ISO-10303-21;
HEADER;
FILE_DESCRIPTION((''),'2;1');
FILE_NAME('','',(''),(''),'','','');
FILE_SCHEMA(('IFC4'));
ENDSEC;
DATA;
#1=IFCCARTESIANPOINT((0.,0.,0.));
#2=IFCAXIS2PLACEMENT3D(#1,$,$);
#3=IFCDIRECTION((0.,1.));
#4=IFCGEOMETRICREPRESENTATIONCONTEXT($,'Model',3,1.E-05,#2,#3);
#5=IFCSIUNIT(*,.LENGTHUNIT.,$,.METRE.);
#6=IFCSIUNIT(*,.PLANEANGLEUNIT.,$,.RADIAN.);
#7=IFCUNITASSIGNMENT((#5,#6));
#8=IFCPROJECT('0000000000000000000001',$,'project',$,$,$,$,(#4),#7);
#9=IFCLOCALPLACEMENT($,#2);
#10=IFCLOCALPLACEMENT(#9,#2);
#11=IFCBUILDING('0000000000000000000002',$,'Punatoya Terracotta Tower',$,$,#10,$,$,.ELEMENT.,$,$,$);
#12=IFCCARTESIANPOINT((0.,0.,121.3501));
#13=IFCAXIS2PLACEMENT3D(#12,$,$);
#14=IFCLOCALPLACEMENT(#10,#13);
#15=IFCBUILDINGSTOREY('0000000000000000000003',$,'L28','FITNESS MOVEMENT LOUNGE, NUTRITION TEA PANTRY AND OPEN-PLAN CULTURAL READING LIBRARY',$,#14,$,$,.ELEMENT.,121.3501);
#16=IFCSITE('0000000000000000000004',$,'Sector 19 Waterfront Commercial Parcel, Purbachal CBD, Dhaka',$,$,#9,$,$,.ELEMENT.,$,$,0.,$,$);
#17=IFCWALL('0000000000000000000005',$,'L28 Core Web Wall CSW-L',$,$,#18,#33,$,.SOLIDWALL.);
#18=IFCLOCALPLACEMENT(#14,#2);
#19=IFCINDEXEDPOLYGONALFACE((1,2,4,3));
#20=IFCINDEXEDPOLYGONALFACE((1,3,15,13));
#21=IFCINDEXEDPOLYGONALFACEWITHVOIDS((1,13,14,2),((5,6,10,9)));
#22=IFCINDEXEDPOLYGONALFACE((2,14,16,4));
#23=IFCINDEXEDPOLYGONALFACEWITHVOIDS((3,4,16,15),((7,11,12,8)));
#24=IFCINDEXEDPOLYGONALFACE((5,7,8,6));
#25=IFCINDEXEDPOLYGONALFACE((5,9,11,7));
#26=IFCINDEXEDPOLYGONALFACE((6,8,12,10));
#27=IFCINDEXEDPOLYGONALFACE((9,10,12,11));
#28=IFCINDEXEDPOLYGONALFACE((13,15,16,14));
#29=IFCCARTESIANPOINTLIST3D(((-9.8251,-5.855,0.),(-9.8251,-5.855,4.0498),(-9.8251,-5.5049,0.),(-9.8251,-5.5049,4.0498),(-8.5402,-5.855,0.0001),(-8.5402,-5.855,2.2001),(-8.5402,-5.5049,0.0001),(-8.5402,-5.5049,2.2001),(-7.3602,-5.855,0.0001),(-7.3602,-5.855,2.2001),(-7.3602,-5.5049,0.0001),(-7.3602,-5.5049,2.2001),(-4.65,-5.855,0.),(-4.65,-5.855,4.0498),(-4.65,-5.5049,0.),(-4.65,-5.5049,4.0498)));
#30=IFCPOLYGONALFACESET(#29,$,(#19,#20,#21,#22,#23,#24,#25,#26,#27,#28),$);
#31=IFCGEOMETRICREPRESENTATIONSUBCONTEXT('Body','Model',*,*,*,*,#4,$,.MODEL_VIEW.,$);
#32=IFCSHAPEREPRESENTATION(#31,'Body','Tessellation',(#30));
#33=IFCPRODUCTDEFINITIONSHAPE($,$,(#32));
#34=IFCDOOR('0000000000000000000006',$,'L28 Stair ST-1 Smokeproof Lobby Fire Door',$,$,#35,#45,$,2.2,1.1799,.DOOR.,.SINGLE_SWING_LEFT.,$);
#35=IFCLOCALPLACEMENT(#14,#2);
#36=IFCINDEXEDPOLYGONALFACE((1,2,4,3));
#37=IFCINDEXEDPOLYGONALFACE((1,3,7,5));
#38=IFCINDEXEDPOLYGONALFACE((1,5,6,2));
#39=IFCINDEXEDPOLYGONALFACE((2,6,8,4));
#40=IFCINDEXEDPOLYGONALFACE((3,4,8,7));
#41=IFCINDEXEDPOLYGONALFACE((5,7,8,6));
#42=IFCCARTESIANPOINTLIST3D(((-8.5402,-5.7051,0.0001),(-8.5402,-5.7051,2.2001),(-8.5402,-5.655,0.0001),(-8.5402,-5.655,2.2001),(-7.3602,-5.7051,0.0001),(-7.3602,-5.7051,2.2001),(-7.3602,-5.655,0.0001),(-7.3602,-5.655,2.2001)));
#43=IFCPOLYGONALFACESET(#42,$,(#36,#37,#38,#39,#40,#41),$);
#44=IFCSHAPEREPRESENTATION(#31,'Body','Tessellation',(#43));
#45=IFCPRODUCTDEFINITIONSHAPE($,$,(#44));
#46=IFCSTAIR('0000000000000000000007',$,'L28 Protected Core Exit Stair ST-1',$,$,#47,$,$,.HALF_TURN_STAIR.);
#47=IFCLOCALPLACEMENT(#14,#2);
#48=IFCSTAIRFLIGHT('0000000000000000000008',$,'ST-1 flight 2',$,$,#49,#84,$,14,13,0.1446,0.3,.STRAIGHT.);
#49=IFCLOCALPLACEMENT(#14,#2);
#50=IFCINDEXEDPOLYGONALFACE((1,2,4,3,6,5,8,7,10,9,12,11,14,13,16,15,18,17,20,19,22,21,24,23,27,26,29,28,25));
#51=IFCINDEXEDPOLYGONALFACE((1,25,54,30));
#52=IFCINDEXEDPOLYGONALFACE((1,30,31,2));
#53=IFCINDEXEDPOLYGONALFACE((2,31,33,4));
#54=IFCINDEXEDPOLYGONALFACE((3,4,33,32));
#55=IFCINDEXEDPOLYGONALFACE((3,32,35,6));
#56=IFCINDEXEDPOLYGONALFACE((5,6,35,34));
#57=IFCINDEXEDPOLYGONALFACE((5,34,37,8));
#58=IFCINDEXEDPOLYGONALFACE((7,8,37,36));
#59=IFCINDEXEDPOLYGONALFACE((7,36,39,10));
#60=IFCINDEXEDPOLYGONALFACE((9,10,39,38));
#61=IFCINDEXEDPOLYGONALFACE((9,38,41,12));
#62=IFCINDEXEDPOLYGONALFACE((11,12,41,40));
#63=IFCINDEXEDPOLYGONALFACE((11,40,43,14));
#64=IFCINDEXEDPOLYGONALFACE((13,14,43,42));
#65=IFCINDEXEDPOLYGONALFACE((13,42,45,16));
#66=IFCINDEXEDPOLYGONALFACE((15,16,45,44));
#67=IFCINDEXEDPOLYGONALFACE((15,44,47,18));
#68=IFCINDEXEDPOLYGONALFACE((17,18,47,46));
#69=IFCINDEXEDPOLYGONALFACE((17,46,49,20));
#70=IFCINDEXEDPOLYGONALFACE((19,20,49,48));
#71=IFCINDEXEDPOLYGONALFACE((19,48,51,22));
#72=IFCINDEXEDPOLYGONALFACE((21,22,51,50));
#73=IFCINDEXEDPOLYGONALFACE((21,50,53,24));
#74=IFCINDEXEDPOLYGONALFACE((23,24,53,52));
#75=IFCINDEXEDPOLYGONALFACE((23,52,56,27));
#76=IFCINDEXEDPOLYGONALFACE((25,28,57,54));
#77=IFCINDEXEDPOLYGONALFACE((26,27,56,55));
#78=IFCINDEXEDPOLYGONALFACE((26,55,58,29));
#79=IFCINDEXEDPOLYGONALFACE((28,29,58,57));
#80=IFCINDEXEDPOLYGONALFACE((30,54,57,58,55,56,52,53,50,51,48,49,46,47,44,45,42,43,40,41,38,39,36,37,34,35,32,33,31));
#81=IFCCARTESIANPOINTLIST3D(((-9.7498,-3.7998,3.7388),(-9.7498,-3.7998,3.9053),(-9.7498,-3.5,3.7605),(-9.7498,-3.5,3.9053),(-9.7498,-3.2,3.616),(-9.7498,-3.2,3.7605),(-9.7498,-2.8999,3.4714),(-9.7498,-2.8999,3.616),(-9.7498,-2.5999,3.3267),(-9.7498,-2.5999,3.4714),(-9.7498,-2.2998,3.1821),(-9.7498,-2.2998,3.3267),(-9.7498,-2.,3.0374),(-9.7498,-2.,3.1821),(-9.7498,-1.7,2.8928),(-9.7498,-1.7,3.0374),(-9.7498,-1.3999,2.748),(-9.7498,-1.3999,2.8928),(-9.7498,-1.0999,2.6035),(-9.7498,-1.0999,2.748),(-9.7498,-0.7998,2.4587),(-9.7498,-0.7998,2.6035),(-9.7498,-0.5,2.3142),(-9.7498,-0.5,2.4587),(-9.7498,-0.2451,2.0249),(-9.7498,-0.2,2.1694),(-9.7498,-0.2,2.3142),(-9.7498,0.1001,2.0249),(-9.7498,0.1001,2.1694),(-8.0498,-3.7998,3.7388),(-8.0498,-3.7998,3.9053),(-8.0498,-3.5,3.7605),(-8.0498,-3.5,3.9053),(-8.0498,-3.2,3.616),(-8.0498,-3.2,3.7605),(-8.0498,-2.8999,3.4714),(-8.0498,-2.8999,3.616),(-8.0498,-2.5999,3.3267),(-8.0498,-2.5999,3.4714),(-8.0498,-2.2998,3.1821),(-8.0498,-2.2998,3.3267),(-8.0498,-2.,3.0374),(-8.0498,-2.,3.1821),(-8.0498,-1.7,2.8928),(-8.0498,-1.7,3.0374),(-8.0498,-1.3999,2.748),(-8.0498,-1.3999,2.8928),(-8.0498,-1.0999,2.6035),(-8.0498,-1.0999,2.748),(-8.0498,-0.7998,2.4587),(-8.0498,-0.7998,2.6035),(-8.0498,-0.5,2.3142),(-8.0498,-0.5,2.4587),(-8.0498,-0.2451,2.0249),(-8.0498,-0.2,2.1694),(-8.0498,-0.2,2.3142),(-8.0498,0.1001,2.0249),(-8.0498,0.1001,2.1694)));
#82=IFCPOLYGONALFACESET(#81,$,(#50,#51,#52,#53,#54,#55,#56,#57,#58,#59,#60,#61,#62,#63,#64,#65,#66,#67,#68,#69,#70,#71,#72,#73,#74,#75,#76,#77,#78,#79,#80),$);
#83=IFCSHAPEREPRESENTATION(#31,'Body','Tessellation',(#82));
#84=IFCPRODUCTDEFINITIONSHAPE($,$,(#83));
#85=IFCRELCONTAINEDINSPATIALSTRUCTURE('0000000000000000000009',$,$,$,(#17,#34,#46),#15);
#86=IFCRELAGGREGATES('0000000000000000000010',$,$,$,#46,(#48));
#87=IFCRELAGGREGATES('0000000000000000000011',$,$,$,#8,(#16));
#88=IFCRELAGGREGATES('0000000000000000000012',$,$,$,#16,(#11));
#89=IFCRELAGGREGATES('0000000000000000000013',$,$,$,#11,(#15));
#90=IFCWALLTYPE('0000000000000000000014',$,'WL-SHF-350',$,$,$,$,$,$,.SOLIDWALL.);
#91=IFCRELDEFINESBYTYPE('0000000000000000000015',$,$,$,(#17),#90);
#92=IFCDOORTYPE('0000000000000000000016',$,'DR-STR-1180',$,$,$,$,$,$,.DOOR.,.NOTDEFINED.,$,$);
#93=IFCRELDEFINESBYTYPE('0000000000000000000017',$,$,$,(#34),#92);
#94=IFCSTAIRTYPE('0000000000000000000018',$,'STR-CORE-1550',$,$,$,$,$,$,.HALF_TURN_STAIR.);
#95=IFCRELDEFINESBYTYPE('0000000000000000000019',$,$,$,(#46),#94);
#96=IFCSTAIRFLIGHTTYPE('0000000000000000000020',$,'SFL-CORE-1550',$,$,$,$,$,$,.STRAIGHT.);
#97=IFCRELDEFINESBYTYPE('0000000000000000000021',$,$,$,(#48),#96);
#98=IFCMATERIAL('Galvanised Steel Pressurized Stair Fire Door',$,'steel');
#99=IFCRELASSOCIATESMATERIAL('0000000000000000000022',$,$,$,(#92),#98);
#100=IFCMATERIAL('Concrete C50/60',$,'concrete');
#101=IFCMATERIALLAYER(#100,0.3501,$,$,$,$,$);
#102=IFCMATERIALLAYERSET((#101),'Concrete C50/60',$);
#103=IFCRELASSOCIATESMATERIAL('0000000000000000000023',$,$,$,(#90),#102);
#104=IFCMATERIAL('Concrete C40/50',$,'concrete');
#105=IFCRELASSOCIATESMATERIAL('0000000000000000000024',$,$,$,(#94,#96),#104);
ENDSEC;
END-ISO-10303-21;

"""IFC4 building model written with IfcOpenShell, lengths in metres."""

from ifc_helpers import new_model, si_unit, direction, frame, frame_2d, origin, place, context, subcontext, project, spatial, polyline, rectangle, outline, extrude, material, layer, layer_set, type_object, element, fill, aggregate, save


model = new_model("IFC4")

# Units and contexts
model_context = context("Model", 3, precision=1e-05, world=origin(), true_north=direction((0.0, 1.0)))
body_context = subcontext(model_context, "Body", "Model", "MODEL_VIEW")
ifc_project = project(units=[si_unit("LENGTHUNIT", "METRE"), si_unit("PLANEANGLEUNIT", "RADIAN")], contexts=[model_context])

# Site, building, storey
site_placement = place(None, origin())
site = spatial("IfcSite", under=ifc_project, at=site_placement, Name="Sector 19 Waterfront Commercial Parcel, Purbachal CBD, Dhaka", CompositionType="ELEMENT", RefElevation=0.0)
building_placement = place(site_placement, origin())
building = spatial("IfcBuilding", under=site, at=building_placement, Name="Punatoya Terracotta Tower", CompositionType="ELEMENT")
storey_placement = place(building_placement, frame((0.0, 0.0, 121.3501)))
storey = spatial("IfcBuildingStorey", under=building, at=storey_placement, Name="L28", Description="FITNESS MOVEMENT LOUNGE, NUTRITION TEA PANTRY AND OPEN-PLAN CULTURAL READING LIBRARY", CompositionType="ELEMENT", Elevation=121.3501)

# Shared definitions
ifc_material_1 = material(Name="Galvanised Steel Pressurized Stair Fire Door", Category="steel")
door_type_1 = type_object("IfcDoorType", Name="DR-STR-1180", OperationType="NOTDEFINED", PredefinedType="DOOR", material=ifc_material_1)

# Wall, opening, door
ifc_material_2 = material(Name="Concrete C50/60", Category="concrete")
ifc_layer_1 = layer(ifc_material_2, 0.3501)
ifc_layer_set_1 = layer_set([ifc_layer_1], Name="Concrete C50/60")
wall_type_1 = type_object("IfcWallType", Name="WL-SHF-350", PredefinedType="SOLIDWALL", material=ifc_layer_set_1)
wall_1_placement = place(storey_placement, frame((-9.825, -5.6799, 0.0), z_axis=(0.0, 0.0, 1.0), x_axis=(1.0, 0.0, 0.0)))
wall_1 = element("IfcWall", 1, at=wall_1_placement, inside=storey, type_object=wall_type_1, Name="L28 Core Web Wall CSW-L", PredefinedType="SOLIDWALL", context=body_context, shape_type="SweptSolid", body=[
    extrude(rectangle(XDim=5.175, YDim=0.3501, at=frame_2d((2.5874, 0.0))), origin(), (0.0, 0.0, 1.0), 4.0498),
])
opening_1_placement = place(wall_1_placement, frame((1.2849, 0.0, 0.0)))
opening_1 = element("IfcOpeningElement", 2, at=opening_1_placement, cuts=wall_1, PredefinedType="OPENING", context=body_context, shape_type="SweptSolid", body=[
    extrude(rectangle(XDim=1.1799, YDim=2.2, at=frame_2d((0.5898, 1.1001))), frame((0.0, 0.1851, 0.0), z_axis=(0.0, -1.0, 0.0), x_axis=(1.0, 0.0, 0.0)), (0.0, 0.0, 1.0), 0.3701),
])
door_1_placement = place(opening_1_placement, origin())
door_1 = element("IfcDoor", 3, at=door_1_placement, inside=storey, type_object=door_type_1, Name="L28 Stair ST-1 Smokeproof Lobby Fire Door", OperationType="SINGLE_SWING_LEFT", OverallHeight=2.2, OverallWidth=1.1799, PredefinedType="DOOR", context=body_context, shape_type="SweptSolid", body=[
    extrude(rectangle(XDim=1.1799, YDim=2.2, at=frame_2d((0.5898, 1.1001))), frame((0.0, 0.0249, 0.0), z_axis=(0.0, -1.0, 0.0), x_axis=(1.0, 0.0, 0.0)), (0.0, 0.0, 1.0), 0.05),
])
fill(opening_1, door_1)

# Stair, stair flight
ifc_material_3 = material(Name="Concrete C40/50", Category="concrete")
stair_type = type_object("IfcStairType", Name="STR-CORE-1550", PredefinedType="HALF_TURN_STAIR", material=ifc_material_3)
stair_placement = place(storey_placement, origin())
stair = element("IfcStair", 4, at=stair_placement, inside=storey, type_object=stair_type, Name="L28 Protected Core Exit Stair ST-1", PredefinedType="HALF_TURN_STAIR")
stair_flight_type = type_object("IfcStairFlightType", Name="SFL-CORE-1550", PredefinedType="STRAIGHT", material=ifc_material_3)
stair_flight_placement = place(storey_placement, frame((-8.8999, 0.1001, 2.0249), z_axis=(0.0, 0.0, 1.0), x_axis=(0.0, -1.0, 0.0)))
stair_flight = element("IfcStairFlight", 5, at=stair_flight_placement, type_object=stair_flight_type, Name="ST-1 flight 2", NumberOfRisers=14, NumberOfTreads=13, PredefinedType="STRAIGHT", RiserHeight=0.1446, TreadLength=0.3, context=body_context, shape_type="SweptSolid", body=[
    extrude(outline(polyline([(0.0, 0.0), (0.0, 0.1445), (0.3, 0.1445), (0.3, 0.2893), (0.6001, 0.2893), (0.6001, 0.4338), (0.8999, 0.4338), (0.8999, 0.5786), (1.2, 0.5786), (1.2, 0.7231), (1.5, 0.7231), (1.5, 0.8679), (1.8, 0.8679), (1.8, 1.0125), (2.1001, 1.0125), (2.1001, 1.1572), (2.3999, 1.1572), (2.3999, 1.3018), (2.7, 1.3018), (2.7, 1.4465), (3.0, 1.4465), (3.0, 1.5911), (3.3, 1.5911), (3.3, 1.7356), (3.6001, 1.7356), (3.6001, 1.8804), (3.8999, 1.8804), (3.8999, 2.0249), (3.8999, 1.7139), (0.3452, 0.0), (0.0, 0.0)])), frame((0.0, 0.8501, 0.0), z_axis=(0.0, -1.0, 0.0), x_axis=(1.0, 0.0, 0.0)), (0.0, 0.0, 1.0), 1.7),
])
aggregate(stair, [stair_flight])

save(model, "model.ifc")
